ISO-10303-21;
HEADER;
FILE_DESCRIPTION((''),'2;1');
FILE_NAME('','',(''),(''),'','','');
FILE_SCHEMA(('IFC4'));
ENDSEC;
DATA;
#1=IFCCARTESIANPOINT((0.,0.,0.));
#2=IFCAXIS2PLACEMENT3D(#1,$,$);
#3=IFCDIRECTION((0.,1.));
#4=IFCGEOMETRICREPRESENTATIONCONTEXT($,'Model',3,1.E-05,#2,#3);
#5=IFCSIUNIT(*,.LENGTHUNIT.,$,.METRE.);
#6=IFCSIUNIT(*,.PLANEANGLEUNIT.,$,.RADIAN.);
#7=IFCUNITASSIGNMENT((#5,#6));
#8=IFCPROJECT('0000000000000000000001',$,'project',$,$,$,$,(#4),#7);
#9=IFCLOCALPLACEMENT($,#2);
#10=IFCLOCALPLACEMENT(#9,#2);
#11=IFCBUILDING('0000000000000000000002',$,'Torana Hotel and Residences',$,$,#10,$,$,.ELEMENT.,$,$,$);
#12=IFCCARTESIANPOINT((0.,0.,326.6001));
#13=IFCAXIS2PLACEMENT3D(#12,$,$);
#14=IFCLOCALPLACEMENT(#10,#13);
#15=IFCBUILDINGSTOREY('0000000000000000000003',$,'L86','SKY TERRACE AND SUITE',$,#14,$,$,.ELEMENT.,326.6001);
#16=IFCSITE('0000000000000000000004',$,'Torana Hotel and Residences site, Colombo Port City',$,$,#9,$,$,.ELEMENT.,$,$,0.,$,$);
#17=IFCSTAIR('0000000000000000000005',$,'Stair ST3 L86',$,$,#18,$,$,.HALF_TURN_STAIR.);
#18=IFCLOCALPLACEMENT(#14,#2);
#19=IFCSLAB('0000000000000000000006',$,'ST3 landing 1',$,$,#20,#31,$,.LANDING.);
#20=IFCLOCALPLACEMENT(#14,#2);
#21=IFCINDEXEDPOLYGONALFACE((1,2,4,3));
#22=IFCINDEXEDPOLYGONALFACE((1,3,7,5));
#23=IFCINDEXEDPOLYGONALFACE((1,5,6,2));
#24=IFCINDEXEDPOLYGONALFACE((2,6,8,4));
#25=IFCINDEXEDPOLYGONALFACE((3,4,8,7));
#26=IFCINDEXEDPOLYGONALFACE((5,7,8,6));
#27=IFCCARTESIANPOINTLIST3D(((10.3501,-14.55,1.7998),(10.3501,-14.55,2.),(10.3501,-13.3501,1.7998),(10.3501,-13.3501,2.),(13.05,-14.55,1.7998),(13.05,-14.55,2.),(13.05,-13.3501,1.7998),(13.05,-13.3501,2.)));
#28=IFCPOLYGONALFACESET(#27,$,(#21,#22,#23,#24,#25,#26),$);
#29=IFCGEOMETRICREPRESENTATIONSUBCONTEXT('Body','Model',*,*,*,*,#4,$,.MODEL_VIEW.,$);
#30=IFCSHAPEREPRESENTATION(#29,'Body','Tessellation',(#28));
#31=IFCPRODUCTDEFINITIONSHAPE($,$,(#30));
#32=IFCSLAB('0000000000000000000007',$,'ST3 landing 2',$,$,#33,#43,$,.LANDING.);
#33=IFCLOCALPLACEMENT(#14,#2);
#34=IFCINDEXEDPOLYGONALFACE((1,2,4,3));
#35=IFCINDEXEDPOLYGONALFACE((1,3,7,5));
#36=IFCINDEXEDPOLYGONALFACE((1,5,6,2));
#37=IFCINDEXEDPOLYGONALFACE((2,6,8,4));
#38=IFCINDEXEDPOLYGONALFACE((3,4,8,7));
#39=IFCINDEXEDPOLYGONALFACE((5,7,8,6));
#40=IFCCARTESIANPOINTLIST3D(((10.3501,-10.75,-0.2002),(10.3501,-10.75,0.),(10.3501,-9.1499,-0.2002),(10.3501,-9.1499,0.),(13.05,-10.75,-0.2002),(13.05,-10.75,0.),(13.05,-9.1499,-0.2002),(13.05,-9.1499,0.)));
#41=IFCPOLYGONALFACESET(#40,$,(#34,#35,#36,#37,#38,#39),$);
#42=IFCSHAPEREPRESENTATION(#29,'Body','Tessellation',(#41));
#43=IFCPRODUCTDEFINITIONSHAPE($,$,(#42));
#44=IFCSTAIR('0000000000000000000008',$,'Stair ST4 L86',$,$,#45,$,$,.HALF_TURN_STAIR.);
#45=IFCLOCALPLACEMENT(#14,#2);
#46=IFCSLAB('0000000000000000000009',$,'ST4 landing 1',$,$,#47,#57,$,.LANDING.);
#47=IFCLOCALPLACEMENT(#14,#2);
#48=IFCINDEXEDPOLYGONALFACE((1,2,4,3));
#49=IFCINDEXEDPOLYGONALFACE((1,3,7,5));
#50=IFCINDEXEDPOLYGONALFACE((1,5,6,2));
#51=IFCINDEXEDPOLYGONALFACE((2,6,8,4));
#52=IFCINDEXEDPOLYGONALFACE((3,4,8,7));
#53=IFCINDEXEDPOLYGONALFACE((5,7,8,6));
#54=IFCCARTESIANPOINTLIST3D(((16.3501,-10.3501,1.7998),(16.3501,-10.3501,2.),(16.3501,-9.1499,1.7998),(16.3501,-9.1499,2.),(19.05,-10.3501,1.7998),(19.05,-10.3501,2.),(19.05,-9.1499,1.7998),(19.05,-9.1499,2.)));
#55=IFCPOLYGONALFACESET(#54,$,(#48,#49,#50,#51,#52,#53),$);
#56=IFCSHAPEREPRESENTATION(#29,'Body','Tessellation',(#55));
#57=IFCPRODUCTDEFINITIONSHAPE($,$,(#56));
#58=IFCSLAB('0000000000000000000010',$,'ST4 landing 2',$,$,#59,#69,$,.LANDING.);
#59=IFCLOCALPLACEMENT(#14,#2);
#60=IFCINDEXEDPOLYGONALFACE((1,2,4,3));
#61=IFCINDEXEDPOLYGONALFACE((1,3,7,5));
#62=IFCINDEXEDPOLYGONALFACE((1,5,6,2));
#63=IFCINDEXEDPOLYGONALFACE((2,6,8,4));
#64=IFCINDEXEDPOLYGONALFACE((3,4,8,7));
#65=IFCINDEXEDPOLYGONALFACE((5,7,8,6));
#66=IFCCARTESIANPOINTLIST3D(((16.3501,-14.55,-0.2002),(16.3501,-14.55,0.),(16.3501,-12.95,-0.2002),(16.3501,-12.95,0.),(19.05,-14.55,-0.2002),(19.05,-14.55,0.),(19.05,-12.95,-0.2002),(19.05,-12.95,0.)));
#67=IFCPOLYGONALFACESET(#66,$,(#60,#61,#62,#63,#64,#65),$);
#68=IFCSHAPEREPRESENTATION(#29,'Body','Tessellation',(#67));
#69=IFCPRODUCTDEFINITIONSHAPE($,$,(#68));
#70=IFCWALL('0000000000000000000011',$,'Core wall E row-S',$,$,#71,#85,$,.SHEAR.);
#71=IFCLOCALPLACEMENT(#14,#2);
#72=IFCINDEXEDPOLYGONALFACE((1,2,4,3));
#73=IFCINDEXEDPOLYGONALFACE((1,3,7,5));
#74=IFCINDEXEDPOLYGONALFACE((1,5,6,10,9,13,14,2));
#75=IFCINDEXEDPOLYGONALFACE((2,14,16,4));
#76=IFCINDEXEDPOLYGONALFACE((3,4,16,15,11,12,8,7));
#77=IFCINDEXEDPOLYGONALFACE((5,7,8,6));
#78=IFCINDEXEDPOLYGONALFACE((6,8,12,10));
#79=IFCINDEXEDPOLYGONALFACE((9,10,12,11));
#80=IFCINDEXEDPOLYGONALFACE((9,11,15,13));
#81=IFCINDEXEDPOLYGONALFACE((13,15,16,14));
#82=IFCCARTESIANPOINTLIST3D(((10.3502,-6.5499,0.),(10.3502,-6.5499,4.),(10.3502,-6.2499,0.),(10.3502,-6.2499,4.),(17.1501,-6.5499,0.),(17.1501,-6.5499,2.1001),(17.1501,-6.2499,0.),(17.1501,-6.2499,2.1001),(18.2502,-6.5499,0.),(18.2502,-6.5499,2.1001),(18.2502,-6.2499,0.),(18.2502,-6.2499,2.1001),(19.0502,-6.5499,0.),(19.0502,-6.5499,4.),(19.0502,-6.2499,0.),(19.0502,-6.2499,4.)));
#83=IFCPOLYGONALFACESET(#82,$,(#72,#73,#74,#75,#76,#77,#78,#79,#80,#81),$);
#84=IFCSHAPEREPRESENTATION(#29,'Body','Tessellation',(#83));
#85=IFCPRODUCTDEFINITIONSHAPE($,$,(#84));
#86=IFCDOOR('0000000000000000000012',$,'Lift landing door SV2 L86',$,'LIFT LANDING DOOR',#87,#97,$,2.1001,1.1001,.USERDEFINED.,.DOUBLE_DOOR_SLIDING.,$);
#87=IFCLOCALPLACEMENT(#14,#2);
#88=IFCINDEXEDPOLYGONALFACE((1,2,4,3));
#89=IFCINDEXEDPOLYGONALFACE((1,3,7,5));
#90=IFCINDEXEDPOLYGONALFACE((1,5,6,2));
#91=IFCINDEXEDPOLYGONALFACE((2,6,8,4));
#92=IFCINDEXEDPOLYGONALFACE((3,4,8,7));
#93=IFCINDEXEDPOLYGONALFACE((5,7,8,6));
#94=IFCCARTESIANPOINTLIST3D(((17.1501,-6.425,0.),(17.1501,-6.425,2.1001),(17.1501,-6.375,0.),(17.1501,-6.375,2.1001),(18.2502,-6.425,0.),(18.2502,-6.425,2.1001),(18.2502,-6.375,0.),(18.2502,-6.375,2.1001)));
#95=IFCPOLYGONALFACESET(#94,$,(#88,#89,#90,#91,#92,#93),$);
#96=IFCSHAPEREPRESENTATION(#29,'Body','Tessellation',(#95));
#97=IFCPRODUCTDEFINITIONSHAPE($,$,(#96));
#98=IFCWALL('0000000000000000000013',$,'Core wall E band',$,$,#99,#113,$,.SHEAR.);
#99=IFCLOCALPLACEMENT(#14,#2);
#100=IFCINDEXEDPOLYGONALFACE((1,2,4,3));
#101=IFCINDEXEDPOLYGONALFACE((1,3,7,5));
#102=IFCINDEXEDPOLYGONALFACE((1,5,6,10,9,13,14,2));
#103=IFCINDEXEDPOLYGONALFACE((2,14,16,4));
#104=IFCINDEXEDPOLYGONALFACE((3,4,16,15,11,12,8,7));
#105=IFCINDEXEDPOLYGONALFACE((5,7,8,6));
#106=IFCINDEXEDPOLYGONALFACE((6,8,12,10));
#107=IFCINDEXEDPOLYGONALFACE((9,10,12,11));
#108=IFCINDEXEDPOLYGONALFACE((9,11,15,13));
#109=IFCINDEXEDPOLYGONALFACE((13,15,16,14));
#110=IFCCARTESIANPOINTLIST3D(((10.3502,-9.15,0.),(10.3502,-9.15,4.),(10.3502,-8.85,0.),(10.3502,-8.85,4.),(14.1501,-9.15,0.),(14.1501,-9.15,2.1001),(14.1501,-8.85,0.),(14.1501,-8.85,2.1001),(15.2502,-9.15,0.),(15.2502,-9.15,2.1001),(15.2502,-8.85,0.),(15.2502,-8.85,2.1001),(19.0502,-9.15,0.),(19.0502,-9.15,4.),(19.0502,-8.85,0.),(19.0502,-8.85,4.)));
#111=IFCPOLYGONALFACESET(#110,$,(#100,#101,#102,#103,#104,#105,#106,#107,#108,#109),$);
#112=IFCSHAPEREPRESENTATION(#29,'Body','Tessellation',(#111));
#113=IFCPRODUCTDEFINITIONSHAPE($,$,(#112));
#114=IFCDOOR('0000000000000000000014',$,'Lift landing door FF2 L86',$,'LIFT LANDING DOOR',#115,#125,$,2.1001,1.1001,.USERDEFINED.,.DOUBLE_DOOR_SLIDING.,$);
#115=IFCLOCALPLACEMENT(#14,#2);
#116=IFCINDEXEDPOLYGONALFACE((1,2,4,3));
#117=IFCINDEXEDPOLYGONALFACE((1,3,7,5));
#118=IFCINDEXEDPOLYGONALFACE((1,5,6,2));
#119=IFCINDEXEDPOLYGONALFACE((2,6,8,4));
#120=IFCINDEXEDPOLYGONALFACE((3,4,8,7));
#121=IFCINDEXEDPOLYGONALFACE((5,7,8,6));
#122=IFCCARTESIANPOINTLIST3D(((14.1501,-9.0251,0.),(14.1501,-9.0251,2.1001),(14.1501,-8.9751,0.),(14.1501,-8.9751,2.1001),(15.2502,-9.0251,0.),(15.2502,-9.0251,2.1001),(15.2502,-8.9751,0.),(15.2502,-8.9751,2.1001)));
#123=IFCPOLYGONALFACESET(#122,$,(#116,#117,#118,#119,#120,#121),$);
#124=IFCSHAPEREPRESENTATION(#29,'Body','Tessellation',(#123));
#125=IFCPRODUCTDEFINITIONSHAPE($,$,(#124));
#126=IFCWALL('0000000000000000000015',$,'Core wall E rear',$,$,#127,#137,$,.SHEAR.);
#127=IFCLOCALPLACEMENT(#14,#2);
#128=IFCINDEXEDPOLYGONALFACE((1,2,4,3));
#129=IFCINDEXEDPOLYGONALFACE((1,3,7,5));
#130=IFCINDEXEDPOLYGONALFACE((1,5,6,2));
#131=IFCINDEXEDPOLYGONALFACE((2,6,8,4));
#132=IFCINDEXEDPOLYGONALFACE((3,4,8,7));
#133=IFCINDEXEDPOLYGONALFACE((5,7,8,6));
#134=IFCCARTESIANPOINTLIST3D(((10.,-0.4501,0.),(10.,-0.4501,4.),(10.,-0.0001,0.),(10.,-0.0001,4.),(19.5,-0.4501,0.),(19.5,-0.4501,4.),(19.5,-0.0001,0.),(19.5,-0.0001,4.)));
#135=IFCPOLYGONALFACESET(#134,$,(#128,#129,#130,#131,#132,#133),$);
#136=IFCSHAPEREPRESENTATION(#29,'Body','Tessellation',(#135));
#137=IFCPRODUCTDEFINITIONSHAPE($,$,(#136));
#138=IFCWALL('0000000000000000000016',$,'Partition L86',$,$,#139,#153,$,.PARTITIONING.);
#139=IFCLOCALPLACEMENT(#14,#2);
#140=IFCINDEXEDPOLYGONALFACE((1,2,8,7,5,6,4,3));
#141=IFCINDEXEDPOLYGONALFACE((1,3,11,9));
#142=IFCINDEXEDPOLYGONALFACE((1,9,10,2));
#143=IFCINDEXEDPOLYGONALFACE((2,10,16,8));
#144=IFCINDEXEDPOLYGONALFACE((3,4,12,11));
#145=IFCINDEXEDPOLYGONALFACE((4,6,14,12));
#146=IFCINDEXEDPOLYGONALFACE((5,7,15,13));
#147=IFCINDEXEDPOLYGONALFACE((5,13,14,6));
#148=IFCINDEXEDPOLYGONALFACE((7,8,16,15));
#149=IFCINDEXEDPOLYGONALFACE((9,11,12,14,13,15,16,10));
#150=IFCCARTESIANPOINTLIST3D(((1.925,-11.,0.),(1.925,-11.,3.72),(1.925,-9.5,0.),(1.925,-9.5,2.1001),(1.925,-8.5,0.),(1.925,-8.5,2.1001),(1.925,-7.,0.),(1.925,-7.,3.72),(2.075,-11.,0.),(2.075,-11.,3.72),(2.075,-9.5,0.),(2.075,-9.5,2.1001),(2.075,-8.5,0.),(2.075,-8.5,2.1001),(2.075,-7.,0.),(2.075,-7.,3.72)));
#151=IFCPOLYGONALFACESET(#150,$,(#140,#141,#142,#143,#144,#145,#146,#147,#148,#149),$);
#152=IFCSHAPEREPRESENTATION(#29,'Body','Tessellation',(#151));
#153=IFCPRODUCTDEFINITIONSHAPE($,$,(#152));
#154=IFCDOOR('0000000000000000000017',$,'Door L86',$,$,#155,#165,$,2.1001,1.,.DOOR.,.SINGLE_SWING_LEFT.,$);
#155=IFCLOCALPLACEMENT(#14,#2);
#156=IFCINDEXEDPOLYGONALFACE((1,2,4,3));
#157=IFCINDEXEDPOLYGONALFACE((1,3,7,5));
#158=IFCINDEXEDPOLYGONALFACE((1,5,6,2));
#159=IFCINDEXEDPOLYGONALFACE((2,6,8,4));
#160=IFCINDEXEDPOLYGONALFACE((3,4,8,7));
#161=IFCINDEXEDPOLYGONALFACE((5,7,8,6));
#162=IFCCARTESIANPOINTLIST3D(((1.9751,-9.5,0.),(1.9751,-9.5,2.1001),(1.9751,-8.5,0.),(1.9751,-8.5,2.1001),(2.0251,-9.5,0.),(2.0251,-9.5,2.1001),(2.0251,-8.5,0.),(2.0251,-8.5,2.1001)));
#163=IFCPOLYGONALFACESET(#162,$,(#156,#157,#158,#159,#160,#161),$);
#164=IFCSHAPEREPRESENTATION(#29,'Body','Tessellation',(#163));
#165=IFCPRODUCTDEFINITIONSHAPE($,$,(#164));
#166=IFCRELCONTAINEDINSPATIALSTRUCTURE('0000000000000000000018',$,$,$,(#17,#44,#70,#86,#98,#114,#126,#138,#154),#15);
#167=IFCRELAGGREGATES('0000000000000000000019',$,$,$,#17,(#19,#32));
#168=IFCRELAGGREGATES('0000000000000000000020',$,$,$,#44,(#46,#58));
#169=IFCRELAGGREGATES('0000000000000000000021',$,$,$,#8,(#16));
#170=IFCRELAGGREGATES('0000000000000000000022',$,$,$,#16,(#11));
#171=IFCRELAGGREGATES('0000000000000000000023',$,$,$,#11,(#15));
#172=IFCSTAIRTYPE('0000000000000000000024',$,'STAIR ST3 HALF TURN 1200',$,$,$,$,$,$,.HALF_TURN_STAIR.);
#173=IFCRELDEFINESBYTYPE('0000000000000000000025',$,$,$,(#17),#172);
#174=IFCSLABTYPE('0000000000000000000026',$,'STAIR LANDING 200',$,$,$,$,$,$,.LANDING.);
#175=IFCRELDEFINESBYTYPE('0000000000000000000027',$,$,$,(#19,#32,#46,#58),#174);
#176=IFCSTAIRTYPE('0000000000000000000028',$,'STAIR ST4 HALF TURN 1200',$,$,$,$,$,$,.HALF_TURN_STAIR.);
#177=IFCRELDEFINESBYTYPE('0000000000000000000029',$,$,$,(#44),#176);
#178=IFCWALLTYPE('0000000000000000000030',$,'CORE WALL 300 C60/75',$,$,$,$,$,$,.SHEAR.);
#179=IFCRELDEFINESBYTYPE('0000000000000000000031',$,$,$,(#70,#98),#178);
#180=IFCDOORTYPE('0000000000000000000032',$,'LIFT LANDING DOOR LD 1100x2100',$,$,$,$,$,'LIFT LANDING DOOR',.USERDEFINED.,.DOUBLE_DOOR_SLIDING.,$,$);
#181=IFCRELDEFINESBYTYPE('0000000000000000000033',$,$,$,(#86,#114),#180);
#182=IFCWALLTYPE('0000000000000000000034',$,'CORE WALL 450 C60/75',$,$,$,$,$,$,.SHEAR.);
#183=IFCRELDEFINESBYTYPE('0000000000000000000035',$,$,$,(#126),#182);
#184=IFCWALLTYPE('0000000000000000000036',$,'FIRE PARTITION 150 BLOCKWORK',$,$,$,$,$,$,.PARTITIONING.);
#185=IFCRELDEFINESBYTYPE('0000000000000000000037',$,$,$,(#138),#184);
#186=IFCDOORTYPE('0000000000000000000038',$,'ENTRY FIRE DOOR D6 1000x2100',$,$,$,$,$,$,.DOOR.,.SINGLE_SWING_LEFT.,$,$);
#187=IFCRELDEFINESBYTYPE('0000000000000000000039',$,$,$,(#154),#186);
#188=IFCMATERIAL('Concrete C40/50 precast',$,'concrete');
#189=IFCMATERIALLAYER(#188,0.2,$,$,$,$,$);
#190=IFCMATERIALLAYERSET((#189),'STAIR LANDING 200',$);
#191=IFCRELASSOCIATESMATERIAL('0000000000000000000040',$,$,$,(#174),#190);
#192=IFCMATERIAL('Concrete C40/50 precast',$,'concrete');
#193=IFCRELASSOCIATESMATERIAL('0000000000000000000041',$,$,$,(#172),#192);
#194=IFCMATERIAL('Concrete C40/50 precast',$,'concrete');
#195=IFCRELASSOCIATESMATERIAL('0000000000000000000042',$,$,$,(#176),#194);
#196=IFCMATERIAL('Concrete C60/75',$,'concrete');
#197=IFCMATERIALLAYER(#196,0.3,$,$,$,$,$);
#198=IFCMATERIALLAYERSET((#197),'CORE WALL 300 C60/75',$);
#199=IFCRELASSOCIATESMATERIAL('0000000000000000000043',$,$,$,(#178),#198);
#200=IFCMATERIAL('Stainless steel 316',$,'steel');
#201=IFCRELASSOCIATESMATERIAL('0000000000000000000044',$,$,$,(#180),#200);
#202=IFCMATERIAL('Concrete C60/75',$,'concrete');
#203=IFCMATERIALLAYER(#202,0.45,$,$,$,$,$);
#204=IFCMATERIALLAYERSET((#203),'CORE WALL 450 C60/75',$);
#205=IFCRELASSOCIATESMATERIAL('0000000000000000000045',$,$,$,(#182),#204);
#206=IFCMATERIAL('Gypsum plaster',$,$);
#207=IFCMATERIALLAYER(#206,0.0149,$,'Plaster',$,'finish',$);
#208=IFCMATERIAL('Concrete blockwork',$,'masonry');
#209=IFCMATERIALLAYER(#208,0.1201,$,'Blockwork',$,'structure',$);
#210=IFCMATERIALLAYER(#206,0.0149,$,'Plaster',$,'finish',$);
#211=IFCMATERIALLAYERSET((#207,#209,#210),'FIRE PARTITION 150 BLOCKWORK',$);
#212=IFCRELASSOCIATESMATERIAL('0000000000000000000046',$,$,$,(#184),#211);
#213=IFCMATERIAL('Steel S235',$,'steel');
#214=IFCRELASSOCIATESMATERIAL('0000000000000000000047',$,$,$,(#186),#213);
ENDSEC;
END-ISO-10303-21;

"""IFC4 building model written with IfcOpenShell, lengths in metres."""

from ifc_helpers import new_model, si_unit, direction, frame, frame_2d, origin, place, context, subcontext, project, spatial, polyline, rectangle, outline, extrude, material, layer, layer_set, type_object, element, fill, aggregate, save


model = new_model("IFC4")

# Units and contexts
model_context = context("Model", 3, precision=1e-05, world=origin(), true_north=direction((0.0, 1.0)))
body_context = subcontext(model_context, "Body", "Model", "MODEL_VIEW")
ifc_project = project(units=[si_unit("LENGTHUNIT", "METRE"), si_unit("PLANEANGLEUNIT", "RADIAN")], contexts=[model_context])

# Site, building, storey
site_placement = place(None, origin())
site = spatial("IfcSite", under=ifc_project, at=site_placement, Name="Torana Hotel and Residences site, Colombo Port City", CompositionType="ELEMENT", RefElevation=0.0)
building_placement = place(site_placement, origin())
building = spatial("IfcBuilding", under=site, at=building_placement, Name="Torana Hotel and Residences", CompositionType="ELEMENT")
storey_placement = place(building_placement, frame((0.0, 0.0, 326.6001)))
storey = spatial("IfcBuildingStorey", under=building, at=storey_placement, Name="L86", Description="SKY TERRACE AND SUITE", CompositionType="ELEMENT", Elevation=326.6001)

# Stairs, slabs
ifc_material_1 = material(Name="Concrete C40/50 precast", Category="concrete")
ifc_layer_1 = layer(ifc_material_1, 0.2)
ifc_layer_set_1 = layer_set([ifc_layer_1], Name="STAIR LANDING 200")
slab_type_1 = type_object("IfcSlabType", Name="STAIR LANDING 200", PredefinedType="LANDING", material=ifc_layer_set_1)
ifc_material_2 = material(Name="Concrete C40/50 precast", Category="concrete")
stair_type_1 = type_object("IfcStairType", Name="STAIR ST3 HALF TURN 1200", PredefinedType="HALF_TURN_STAIR", material=ifc_material_2)
stair_1_placement = place(storey_placement, origin())
stair_1 = element("IfcStair", 1, at=stair_1_placement, inside=storey, type_object=stair_type_1, Name="Stair ST3 L86", PredefinedType="HALF_TURN_STAIR")
slab_1_placement = place(storey_placement, frame((0.0, 0.0, 1.7998)))
slab_1 = element("IfcSlab", 2, at=slab_1_placement, type_object=slab_type_1, Name="ST3 landing 1", PredefinedType="LANDING", context=body_context, shape_type="SweptSolid", body=[
    extrude(outline(polyline([(10.3501, -14.55), (13.05, -14.55), (13.05, -13.3501), (10.3501, -13.3501), (10.3501, -14.55)])), origin(), (0.0, 0.0, 1.0), 0.2002),
])
slab_2_placement = place(storey_placement, frame((0.0, 0.0, -0.2002)))
slab_2 = element("IfcSlab", 3, at=slab_2_placement, type_object=slab_type_1, Name="ST3 landing 2", PredefinedType="LANDING", context=body_context, shape_type="SweptSolid", body=[
    extrude(outline(polyline([(10.3501, -10.75), (13.05, -10.75), (13.05, -9.1499), (10.3501, -9.1499), (10.3501, -10.75)])), origin(), (0.0, 0.0, 1.0), 0.2002),
])
aggregate(stair_1, [slab_1, slab_2])
ifc_material_3 = material(Name="Concrete C40/50 precast", Category="concrete")
stair_type_2 = type_object("IfcStairType", Name="STAIR ST4 HALF TURN 1200", PredefinedType="HALF_TURN_STAIR", material=ifc_material_3)
stair_2_placement = place(storey_placement, origin())
stair_2 = element("IfcStair", 4, at=stair_2_placement, inside=storey, type_object=stair_type_2, Name="Stair ST4 L86", PredefinedType="HALF_TURN_STAIR")
slab_3_placement = place(storey_placement, frame((0.0, 0.0, 1.7998)))
slab_3 = element("IfcSlab", 5, at=slab_3_placement, type_object=slab_type_1, Name="ST4 landing 1", PredefinedType="LANDING", context=body_context, shape_type="SweptSolid", body=[
    extrude(outline(polyline([(16.3501, -10.3501), (19.05, -10.3501), (19.05, -9.1499), (16.3501, -9.1499), (16.3501, -10.3501)])), origin(), (0.0, 0.0, 1.0), 0.2002),
])
slab_4_placement = place(storey_placement, frame((0.0, 0.0, -0.2002)))
slab_4 = element("IfcSlab", 6, at=slab_4_placement, type_object=slab_type_1, Name="ST4 landing 2", PredefinedType="LANDING", context=body_context, shape_type="SweptSolid", body=[
    extrude(outline(polyline([(16.3501, -14.55), (19.05, -14.55), (19.05, -12.95), (16.3501, -12.95), (16.3501, -14.55)])), origin(), (0.0, 0.0, 1.0), 0.2002),
])
aggregate(stair_2, [slab_3, slab_4])

# Walls, openings, doors
ifc_material_4 = material(Name="Concrete C60/75", Category="concrete")
ifc_layer_2 = layer(ifc_material_4, 0.3)
ifc_layer_set_2 = layer_set([ifc_layer_2], Name="CORE WALL 300 C60/75")
wall_type_1 = type_object("IfcWallType", Name="CORE WALL 300 C60/75", PredefinedType="SHEAR", material=ifc_layer_set_2)
wall_1_placement = place(storey_placement, frame((10.3501, -6.3999, 0.0), z_axis=(0.0, 0.0, 1.0), x_axis=(1.0, 0.0, 0.0)))
wall_1 = element("IfcWall", 7, at=wall_1_placement, inside=storey, type_object=wall_type_1, Name="Core wall E row-S", PredefinedType="SHEAR", context=body_context, shape_type="SweptSolid", body=[
    extrude(rectangle(XDim=8.7, YDim=0.3, at=frame_2d((4.3501, 0.0))), origin(), (0.0, 0.0, 1.0), 4.0),
])
opening_1_placement = place(wall_1_placement, frame((6.8, 0.0, 0.0)))
opening_1 = element("IfcOpeningElement", 8, at=opening_1_placement, cuts=wall_1, PredefinedType="OPENING", context=body_context, shape_type="SweptSolid", body=[
    extrude(rectangle(XDim=1.1001, YDim=2.1001, at=frame_2d((0.55, 1.05))), frame((0.0, 0.1599, 0.0), z_axis=(0.0, -1.0, 0.0), x_axis=(1.0, 0.0, 0.0)), (0.0, 0.0, 1.0), 0.3201),
])
ifc_material_5 = material(Name="Stainless steel 316", Category="steel")
door_type_1 = type_object("IfcDoorType", Name="LIFT LANDING DOOR LD 1100x2100", ElementType="LIFT LANDING DOOR", OperationType="DOUBLE_DOOR_SLIDING", PredefinedType="USERDEFINED", material=ifc_material_5)
door_1_placement = place(opening_1_placement, origin())
door_1 = element("IfcDoor", 9, at=door_1_placement, inside=storey, type_object=door_type_1, Name="Lift landing door SV2 L86", ObjectType="LIFT LANDING DOOR", OperationType="DOUBLE_DOOR_SLIDING", OverallHeight=2.1001, OverallWidth=1.1001, PredefinedType="USERDEFINED", context=body_context, shape_type="SweptSolid", body=[
    extrude(rectangle(XDim=1.1001, YDim=2.1001, at=frame_2d((0.55, 1.05))), frame((0.0, 0.0249, 0.0), z_axis=(0.0, -1.0, 0.0), x_axis=(1.0, 0.0, 0.0)), (0.0, 0.0, 1.0), 0.05),
])
fill(opening_1, door_1)
wall_2_placement = place(storey_placement, frame((10.3501, -9.0, 0.0), z_axis=(0.0, 0.0, 1.0), x_axis=(1.0, 0.0, 0.0)))
wall_2 = element("IfcWall", 10, at=wall_2_placement, inside=storey, type_object=wall_type_1, Name="Core wall E band", PredefinedType="SHEAR", context=body_context, shape_type="SweptSolid", body=[
    extrude(rectangle(XDim=8.7, YDim=0.3, at=frame_2d((4.3501, 0.0))), origin(), (0.0, 0.0, 1.0), 4.0),
])
opening_2_placement = place(wall_2_placement, frame((3.8, 0.0, 0.0)))
opening_2 = element("IfcOpeningElement", 11, at=opening_2_placement, cuts=wall_2, PredefinedType="OPENING", context=body_context, shape_type="SweptSolid", body=[
    extrude(rectangle(XDim=1.1001, YDim=2.1001, at=frame_2d((0.55, 1.05))), frame((0.0, 0.1599, 0.0), z_axis=(0.0, -1.0, 0.0), x_axis=(1.0, 0.0, 0.0)), (0.0, 0.0, 1.0), 0.3201),
])
door_2_placement = place(opening_2_placement, origin())
door_2 = element("IfcDoor", 12, at=door_2_placement, inside=storey, type_object=door_type_1, Name="Lift landing door FF2 L86", ObjectType="LIFT LANDING DOOR", OperationType="DOUBLE_DOOR_SLIDING", OverallHeight=2.1001, OverallWidth=1.1001, PredefinedType="USERDEFINED", context=body_context, shape_type="SweptSolid", body=[
    extrude(rectangle(XDim=1.1001, YDim=2.1001, at=frame_2d((0.55, 1.05))), frame((0.0, 0.0249, 0.0), z_axis=(0.0, -1.0, 0.0), x_axis=(1.0, 0.0, 0.0)), (0.0, 0.0, 1.0), 0.05),
])
fill(opening_2, door_2)

# Wall
ifc_material_6 = material(Name="Concrete C60/75", Category="concrete")
ifc_layer_3 = layer(ifc_material_6, 0.45)
ifc_layer_set_3 = layer_set([ifc_layer_3], Name="CORE WALL 450 C60/75")
wall_type_2 = type_object("IfcWallType", Name="CORE WALL 450 C60/75", PredefinedType="SHEAR", material=ifc_layer_set_3)
wall_3_placement = place(storey_placement, frame((10.0, -0.2251, 0.0), z_axis=(0.0, 0.0, 1.0), x_axis=(1.0, 0.0, 0.0)))
element("IfcWall", 13, at=wall_3_placement, inside=storey, type_object=wall_type_2, Name="Core wall E rear", PredefinedType="SHEAR", context=body_context, shape_type="SweptSolid", body=[
    extrude(rectangle(XDim=9.5, YDim=0.45, at=frame_2d((4.75, 0.0))), origin(), (0.0, 0.0, 1.0), 4.0),
])

# Wall, opening, door
ifc_material_7 = material(Name="Gypsum plaster")
ifc_layer_4 = layer(ifc_material_7, 0.0149, Name="Plaster", Category="finish")
ifc_material_8 = material(Name="Concrete blockwork", Category="masonry")
ifc_layer_5 = layer(ifc_material_8, 0.1201, Name="Blockwork", Category="structure")
ifc_layer_6 = layer(ifc_material_7, 0.0149, Name="Plaster", Category="finish")
ifc_layer_set_4 = layer_set([ifc_layer_4, ifc_layer_5, ifc_layer_6], Name="FIRE PARTITION 150 BLOCKWORK")
wall_type_3 = type_object("IfcWallType", Name="FIRE PARTITION 150 BLOCKWORK", PredefinedType="PARTITIONING", material=ifc_layer_set_4)
wall_4_placement = place(storey_placement, frame((2.0, -11.0, 0.0), z_axis=(0.0, 0.0, 1.0), x_axis=(0.0, 1.0, 0.0)))
wall_4 = element("IfcWall", 14, at=wall_4_placement, inside=storey, type_object=wall_type_3, Name="Partition L86", PredefinedType="PARTITIONING", context=body_context, shape_type="SweptSolid", body=[
    extrude(rectangle(XDim=4.0, YDim=0.1499, at=frame_2d((2.0, 0.0))), origin(), (0.0, 0.0, 1.0), 3.72),
])
opening_3_placement = place(wall_4_placement, frame((1.5, 0.0, 0.0)))
opening_3 = element("IfcOpeningElement", 15, at=opening_3_placement, cuts=wall_4, PredefinedType="OPENING", context=body_context, shape_type="SweptSolid", body=[
    extrude(rectangle(XDim=1.0, YDim=2.1001, at=frame_2d((0.5, 1.05))), frame((0.0, 0.085, 0.0), z_axis=(0.0, -1.0, 0.0), x_axis=(1.0, 0.0, 0.0)), (0.0, 0.0, 1.0), 0.1699),
])
ifc_material_9 = material(Name="Steel S235", Category="steel")
door_type_2 = type_object("IfcDoorType", Name="ENTRY FIRE DOOR D6 1000x2100", OperationType="SINGLE_SWING_LEFT", PredefinedType="DOOR", material=ifc_material_9)
door_3_placement = place(opening_3_placement, frame((0.5, 0.0, 0.0), z_axis=(0.0, 0.0, 1.0), x_axis=(-1.0, 0.0, 0.0)))
door_3 = element("IfcDoor", 16, at=door_3_placement, inside=storey, type_object=door_type_2, Name="Door L86", OperationType="SINGLE_SWING_LEFT", OverallHeight=2.1001, OverallWidth=1.0, PredefinedType="DOOR", context=body_context, shape_type="SweptSolid", body=[
    extrude(rectangle(XDim=1.0, YDim=2.1001, at=frame_2d((0.0, 1.05))), frame((0.0, -0.0249, 0.0), z_axis=(0.0, 1.0, 0.0), x_axis=(-1.0, 0.0, 0.0)), (0.0, 0.0, 1.0), 0.05),
])
fill(opening_3, door_3)

save(model, "model.ifc")
